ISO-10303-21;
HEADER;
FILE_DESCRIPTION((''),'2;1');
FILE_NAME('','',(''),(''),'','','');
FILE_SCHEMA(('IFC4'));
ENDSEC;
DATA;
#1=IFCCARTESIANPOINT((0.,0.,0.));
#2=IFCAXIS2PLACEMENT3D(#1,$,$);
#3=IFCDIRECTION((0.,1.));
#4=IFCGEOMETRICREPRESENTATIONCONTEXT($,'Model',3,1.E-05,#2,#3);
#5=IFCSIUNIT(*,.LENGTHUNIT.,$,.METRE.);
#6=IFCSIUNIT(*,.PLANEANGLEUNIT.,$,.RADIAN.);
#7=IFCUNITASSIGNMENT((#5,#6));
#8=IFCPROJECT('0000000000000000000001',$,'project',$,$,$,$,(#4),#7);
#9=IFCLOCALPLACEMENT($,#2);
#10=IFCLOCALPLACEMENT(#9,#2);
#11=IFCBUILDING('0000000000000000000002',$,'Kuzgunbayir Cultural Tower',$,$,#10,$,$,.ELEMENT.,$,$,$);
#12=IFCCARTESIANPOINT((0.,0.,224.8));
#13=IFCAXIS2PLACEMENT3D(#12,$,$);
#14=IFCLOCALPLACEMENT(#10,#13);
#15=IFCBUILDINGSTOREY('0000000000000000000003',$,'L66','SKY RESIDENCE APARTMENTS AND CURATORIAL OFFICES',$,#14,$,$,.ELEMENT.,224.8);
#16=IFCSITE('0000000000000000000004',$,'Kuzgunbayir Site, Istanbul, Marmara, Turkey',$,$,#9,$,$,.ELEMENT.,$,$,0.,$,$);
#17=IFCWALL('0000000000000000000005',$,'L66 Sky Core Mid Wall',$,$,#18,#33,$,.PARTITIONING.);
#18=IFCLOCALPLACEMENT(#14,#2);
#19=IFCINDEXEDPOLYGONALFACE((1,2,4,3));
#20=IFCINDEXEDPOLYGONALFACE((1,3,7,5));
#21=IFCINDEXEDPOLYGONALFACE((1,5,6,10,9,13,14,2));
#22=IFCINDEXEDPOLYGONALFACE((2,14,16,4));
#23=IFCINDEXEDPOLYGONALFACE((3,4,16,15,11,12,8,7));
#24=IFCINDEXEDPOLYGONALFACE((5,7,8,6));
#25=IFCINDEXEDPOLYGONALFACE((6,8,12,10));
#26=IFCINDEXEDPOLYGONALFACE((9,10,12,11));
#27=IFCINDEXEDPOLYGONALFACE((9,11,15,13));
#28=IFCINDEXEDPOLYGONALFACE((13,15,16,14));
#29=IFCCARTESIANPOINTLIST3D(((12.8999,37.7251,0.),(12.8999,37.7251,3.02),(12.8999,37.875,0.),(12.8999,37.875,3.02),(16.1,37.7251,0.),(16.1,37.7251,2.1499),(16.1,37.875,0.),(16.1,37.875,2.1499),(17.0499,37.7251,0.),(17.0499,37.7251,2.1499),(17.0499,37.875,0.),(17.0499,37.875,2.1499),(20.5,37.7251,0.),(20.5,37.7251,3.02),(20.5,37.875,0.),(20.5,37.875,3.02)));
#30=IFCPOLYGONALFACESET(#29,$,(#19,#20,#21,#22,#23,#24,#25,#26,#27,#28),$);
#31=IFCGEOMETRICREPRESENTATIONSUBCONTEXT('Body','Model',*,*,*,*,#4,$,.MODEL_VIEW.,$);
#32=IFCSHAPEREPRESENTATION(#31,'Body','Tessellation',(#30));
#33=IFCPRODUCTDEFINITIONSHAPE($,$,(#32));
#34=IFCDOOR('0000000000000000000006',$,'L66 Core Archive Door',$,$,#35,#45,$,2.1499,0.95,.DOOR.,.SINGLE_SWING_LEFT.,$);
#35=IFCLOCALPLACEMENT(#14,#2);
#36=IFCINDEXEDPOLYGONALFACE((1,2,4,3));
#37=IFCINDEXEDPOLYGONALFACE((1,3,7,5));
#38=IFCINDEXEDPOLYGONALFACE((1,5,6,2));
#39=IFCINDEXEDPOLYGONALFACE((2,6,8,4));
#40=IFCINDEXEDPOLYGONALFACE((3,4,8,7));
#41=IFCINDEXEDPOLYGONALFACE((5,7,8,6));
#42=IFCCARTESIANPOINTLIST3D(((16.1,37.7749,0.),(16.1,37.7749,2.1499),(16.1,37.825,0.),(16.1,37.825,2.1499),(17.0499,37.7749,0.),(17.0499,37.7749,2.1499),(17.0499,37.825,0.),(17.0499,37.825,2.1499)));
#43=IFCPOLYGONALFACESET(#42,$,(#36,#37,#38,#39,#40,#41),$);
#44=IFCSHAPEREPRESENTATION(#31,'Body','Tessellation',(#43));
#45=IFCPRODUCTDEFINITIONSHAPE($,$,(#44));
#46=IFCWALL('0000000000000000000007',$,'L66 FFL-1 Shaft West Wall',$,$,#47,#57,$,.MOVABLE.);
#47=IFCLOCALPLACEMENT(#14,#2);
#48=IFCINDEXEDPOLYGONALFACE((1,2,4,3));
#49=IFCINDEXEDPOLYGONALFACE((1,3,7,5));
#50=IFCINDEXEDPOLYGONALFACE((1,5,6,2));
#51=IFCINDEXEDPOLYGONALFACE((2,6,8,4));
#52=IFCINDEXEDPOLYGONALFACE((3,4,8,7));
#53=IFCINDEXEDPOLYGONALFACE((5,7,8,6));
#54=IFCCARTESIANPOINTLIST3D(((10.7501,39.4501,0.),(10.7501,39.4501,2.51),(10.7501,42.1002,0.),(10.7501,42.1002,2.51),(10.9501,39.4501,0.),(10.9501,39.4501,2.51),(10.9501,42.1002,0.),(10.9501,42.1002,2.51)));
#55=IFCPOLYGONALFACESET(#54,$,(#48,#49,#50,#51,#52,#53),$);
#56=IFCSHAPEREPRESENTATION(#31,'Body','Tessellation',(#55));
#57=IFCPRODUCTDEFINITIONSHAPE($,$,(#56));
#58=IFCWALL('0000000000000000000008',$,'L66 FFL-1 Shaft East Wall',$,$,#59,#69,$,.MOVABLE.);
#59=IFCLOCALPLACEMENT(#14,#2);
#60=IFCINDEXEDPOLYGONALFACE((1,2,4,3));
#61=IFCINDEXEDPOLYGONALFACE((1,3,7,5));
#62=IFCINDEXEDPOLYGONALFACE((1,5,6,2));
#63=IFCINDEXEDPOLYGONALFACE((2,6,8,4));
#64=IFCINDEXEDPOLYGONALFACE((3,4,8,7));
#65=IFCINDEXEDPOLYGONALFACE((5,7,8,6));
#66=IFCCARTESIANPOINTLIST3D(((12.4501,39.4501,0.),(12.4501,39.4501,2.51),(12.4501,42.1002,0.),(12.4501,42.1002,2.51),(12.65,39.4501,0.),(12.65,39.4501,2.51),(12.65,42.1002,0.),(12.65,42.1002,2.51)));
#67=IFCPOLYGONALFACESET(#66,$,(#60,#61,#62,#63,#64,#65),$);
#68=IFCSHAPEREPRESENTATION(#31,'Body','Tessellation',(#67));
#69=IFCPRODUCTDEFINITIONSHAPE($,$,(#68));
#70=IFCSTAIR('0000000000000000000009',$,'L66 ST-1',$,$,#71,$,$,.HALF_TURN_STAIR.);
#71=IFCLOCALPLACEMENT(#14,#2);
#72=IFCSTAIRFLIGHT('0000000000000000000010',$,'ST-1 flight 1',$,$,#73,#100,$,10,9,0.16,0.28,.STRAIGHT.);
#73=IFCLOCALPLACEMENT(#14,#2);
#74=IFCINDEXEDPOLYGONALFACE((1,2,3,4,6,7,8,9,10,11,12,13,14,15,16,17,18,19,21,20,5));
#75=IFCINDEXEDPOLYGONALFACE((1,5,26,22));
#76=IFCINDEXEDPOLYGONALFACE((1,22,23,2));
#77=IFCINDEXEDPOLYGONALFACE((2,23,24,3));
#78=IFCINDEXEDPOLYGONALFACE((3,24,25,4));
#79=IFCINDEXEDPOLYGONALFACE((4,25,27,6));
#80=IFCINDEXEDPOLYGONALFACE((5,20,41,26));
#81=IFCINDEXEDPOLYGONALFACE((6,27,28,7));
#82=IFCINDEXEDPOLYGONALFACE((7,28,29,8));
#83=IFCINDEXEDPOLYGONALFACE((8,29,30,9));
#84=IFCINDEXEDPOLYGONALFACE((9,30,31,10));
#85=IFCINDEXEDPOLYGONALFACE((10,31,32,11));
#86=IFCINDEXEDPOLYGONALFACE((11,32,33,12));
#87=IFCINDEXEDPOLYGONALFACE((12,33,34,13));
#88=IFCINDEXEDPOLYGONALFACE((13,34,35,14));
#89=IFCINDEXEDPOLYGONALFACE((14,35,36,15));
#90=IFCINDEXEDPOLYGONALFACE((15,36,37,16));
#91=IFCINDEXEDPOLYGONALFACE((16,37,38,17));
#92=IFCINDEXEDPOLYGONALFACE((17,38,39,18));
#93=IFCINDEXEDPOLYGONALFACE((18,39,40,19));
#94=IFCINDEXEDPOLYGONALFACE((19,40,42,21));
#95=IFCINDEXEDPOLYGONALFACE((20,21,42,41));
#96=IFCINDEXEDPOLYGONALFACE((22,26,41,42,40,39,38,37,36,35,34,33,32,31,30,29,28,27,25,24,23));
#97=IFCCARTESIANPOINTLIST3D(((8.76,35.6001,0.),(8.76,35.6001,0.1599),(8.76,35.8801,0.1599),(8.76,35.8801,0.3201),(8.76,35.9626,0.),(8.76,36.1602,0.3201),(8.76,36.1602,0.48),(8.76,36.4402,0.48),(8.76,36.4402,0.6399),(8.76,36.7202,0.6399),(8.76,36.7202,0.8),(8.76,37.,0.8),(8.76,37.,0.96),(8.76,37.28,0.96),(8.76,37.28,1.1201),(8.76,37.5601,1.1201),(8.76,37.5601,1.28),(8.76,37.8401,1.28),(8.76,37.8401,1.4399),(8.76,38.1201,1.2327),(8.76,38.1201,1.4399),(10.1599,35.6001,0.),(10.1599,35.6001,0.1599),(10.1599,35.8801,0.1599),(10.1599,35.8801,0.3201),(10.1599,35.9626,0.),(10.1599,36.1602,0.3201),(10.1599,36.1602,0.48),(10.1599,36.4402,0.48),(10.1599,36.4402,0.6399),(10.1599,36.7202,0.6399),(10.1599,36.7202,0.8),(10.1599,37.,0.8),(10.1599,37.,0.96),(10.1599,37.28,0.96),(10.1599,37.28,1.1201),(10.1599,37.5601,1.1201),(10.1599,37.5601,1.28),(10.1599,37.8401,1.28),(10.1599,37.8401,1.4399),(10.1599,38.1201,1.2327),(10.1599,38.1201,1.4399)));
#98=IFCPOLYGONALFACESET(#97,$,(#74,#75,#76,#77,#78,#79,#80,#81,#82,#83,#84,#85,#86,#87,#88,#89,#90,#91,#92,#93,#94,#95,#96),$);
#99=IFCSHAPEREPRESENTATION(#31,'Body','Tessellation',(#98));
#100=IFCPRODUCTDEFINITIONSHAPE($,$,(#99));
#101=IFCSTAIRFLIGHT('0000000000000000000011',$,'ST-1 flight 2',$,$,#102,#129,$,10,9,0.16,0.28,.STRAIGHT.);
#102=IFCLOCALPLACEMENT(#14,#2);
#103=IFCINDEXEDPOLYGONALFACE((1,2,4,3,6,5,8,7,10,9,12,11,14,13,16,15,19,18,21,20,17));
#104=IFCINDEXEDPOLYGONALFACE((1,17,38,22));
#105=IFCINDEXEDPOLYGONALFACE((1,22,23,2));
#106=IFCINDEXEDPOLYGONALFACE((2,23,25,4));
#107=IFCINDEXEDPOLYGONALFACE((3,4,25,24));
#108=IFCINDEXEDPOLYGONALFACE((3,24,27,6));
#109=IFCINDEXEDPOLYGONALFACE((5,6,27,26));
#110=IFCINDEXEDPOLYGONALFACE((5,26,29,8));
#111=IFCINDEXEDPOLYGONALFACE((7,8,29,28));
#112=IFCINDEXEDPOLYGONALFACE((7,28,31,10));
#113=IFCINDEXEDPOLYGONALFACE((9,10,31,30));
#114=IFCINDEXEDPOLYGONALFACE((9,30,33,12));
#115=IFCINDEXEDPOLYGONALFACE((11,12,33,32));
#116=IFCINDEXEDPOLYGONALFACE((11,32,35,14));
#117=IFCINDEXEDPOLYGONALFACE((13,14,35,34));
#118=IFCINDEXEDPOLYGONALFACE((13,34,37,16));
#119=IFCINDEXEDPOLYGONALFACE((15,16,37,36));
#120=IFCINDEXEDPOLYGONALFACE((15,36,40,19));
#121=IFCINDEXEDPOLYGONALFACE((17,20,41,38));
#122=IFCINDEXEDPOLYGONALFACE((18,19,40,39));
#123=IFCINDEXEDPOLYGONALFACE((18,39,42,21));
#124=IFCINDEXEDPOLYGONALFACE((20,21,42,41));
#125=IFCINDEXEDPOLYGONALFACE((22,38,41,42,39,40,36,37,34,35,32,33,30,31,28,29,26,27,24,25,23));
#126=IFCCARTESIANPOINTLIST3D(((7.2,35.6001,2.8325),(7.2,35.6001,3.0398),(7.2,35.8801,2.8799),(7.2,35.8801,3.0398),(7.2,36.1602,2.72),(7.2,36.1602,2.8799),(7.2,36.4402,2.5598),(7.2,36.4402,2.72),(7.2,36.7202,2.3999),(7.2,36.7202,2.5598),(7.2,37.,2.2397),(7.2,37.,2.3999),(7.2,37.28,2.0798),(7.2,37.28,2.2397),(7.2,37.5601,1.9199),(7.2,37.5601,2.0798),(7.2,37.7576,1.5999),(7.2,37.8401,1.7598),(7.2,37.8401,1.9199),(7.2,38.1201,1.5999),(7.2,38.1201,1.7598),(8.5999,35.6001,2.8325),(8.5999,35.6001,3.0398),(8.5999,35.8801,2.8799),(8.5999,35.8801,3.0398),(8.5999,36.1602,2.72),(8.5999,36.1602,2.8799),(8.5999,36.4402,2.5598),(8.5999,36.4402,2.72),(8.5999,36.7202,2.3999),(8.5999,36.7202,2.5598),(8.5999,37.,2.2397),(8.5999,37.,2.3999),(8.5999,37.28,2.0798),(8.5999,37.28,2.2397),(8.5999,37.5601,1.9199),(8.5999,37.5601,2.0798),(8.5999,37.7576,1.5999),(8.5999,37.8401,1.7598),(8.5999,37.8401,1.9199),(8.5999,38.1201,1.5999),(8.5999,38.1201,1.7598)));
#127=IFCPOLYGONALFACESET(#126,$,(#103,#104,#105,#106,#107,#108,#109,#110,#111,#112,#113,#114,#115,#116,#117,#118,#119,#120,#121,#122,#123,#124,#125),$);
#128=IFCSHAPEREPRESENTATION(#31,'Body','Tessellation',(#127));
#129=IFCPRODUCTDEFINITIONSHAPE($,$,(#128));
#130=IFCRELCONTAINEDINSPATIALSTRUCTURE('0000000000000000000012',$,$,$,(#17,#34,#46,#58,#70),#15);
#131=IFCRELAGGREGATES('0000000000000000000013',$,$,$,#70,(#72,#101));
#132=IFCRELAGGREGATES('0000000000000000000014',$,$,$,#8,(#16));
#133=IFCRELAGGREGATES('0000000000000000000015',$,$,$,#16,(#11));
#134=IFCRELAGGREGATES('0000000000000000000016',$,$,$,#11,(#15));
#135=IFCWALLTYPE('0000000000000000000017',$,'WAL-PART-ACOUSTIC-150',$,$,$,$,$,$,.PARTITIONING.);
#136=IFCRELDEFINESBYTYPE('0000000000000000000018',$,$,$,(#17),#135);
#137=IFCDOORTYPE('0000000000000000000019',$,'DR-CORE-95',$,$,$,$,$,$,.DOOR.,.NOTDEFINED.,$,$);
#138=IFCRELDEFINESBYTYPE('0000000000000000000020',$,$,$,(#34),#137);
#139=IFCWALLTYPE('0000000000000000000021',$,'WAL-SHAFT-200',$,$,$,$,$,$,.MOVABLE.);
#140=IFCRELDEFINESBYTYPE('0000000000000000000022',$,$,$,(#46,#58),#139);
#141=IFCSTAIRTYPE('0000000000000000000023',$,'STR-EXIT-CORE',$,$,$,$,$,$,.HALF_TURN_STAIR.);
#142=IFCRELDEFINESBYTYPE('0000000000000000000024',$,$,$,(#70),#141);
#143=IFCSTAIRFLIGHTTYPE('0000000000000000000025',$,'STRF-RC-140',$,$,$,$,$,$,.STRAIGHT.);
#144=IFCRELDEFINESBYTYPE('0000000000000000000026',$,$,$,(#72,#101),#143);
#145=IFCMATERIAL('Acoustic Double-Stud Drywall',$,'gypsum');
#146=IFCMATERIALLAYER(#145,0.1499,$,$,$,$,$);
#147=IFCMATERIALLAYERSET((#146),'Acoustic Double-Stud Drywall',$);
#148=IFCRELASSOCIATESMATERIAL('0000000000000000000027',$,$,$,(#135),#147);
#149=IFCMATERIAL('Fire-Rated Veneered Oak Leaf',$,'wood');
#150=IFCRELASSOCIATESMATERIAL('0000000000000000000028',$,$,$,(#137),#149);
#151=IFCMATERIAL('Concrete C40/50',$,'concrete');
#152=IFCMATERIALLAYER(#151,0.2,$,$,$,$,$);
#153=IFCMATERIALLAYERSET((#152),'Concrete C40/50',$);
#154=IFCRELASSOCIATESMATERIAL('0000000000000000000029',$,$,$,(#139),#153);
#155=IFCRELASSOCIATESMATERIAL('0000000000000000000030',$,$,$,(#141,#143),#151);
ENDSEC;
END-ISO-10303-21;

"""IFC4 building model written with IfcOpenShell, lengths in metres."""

from ifc_helpers import new_model, si_unit, direction, frame, frame_2d, origin, place, context, subcontext, project, spatial, polyline, rectangle, outline, extrude, material, layer, layer_set, type_object, element, fill, aggregate, save


model = new_model("IFC4")

# Units and contexts
model_context = context("Model", 3, precision=1e-05, world=origin(), true_north=direction((0.0, 1.0)))
body_context = subcontext(model_context, "Body", "Model", "MODEL_VIEW")
ifc_project = project(units=[si_unit("LENGTHUNIT", "METRE"), si_unit("PLANEANGLEUNIT", "RADIAN")], contexts=[model_context])

# Site, building, storey
site_placement = place(None, origin())
site = spatial("IfcSite", under=ifc_project, at=site_placement, Name="Kuzgunbayir Site, Istanbul, Marmara, Turkey", CompositionType="ELEMENT", RefElevation=0.0)
building_placement = place(site_placement, origin())
building = spatial("IfcBuilding", under=site, at=building_placement, Name="Kuzgunbayir Cultural Tower", CompositionType="ELEMENT")
storey_placement = place(building_placement, frame((0.0, 0.0, 224.8)))
storey = spatial("IfcBuildingStorey", under=building, at=storey_placement, Name="L66", Description="SKY RESIDENCE APARTMENTS AND CURATORIAL OFFICES", CompositionType="ELEMENT", Elevation=224.8)

# Wall, opening, door
ifc_material_1 = material(Name="Acoustic Double-Stud Drywall", Category="gypsum")
ifc_layer_1 = layer(ifc_material_1, 0.1499)
ifc_layer_set_1 = layer_set([ifc_layer_1], Name="Acoustic Double-Stud Drywall")
wall_type_1 = type_object("IfcWallType", Name="WAL-PART-ACOUSTIC-150", PredefinedType="PARTITIONING", material=ifc_layer_set_1)
wall_1_placement = place(storey_placement, frame((12.8999, 37.8, 0.0), z_axis=(0.0, 0.0, 1.0), x_axis=(1.0, 0.0, 0.0)))
wall_1 = element("IfcWall", 1, at=wall_1_placement, inside=storey, type_object=wall_type_1, Name="L66 Sky Core Mid Wall", PredefinedType="PARTITIONING", context=body_context, shape_type="SweptSolid", body=[
    extrude(rectangle(XDim=7.6001, YDim=0.1499, at=frame_2d((3.8, 0.0))), origin(), (0.0, 0.0, 1.0), 3.02),
])
opening_1_placement = place(wall_1_placement, frame((3.2, 0.0, 0.0)))
opening_1 = element("IfcOpeningElement", 2, at=opening_1_placement, cuts=wall_1, PredefinedType="OPENING", context=body_context, shape_type="SweptSolid", body=[
    extrude(rectangle(XDim=0.95, YDim=2.1499, at=frame_2d((0.4751, 1.075))), frame((0.0, 0.085, 0.0), z_axis=(0.0, -1.0, 0.0), x_axis=(1.0, 0.0, 0.0)), (0.0, 0.0, 1.0), 0.1699),
])
ifc_material_2 = material(Name="Fire-Rated Veneered Oak Leaf", Category="wood")
door_type_1 = type_object("IfcDoorType", Name="DR-CORE-95", OperationType="NOTDEFINED", PredefinedType="DOOR", material=ifc_material_2)
door_1_placement = place(opening_1_placement, origin())
door_1 = element("IfcDoor", 3, at=door_1_placement, inside=storey, type_object=door_type_1, Name="L66 Core Archive Door", OperationType="SINGLE_SWING_LEFT", OverallHeight=2.1499, OverallWidth=0.95, PredefinedType="DOOR", context=body_context, shape_type="SweptSolid", body=[
    extrude(rectangle(XDim=0.95, YDim=2.1499, at=frame_2d((0.4751, 1.075))), frame((0.0, 0.0249, 0.0), z_axis=(0.0, -1.0, 0.0), x_axis=(1.0, 0.0, 0.0)), (0.0, 0.0, 1.0), 0.05),
])
fill(opening_1, door_1)
ifc_material_3 = material(Name="Concrete C40/50", Category="concrete")
ifc_layer_2 = layer(ifc_material_3, 0.2)
ifc_layer_set_2 = layer_set([ifc_layer_2], Name="Concrete C40/50")
wall_type_2 = type_object("IfcWallType", Name="WAL-SHAFT-200", PredefinedType="MOVABLE", material=ifc_layer_set_2)

# Walls
for number, where, z_axis, x_axis, name in (
    (4, (10.8501, 39.45, 0.0), (0.0, 0.0, 1.0), (0.0, 1.0, 0.0), "L66 FFL-1 Shaft West Wall"),
    (5, (12.55, 39.45, 0.0), (0.0, 0.0, 1.0), (0.0, 1.0, 0.0), "L66 FFL-1 Shaft East Wall"),
):
    element("IfcWall", number, at=place(storey_placement, frame(where, z_axis=z_axis, x_axis=x_axis)), inside=storey, type_object=wall_type_2, Name=name, PredefinedType="MOVABLE", context=body_context, shape_type="SweptSolid", body=[
        extrude(rectangle(XDim=2.6501, YDim=0.2, at=frame_2d((1.3252, 0.0))), origin(), (0.0, 0.0, 1.0), 2.51),
    ])

# Stair, stair flights
stair_type = type_object("IfcStairType", Name="STR-EXIT-CORE", PredefinedType="HALF_TURN_STAIR", material=ifc_material_3)
stair_placement = place(storey_placement, origin())
stair = element("IfcStair", 6, at=stair_placement, inside=storey, type_object=stair_type, Name="L66 ST-1", PredefinedType="HALF_TURN_STAIR")
stair_flight_type = type_object("IfcStairFlightType", Name="STRF-RC-140", PredefinedType="STRAIGHT", material=ifc_material_3)
stair_flight_1_placement = place(storey_placement, frame((9.46, 35.6001, 0.0), z_axis=(0.0, 0.0, 1.0), x_axis=(0.0, 1.0, 0.0)))
stair_flight_1 = element("IfcStairFlight", 7, at=stair_flight_1_placement, type_object=stair_flight_type, Name="ST-1 flight 1", NumberOfRisers=10, NumberOfTreads=9, PredefinedType="STRAIGHT", RiserHeight=0.16, TreadLength=0.28, context=body_context, shape_type="SweptSolid", body=[
    extrude(outline(polyline([(0.0, 0.0), (0.0, 0.1599), (0.28, 0.1599), (0.28, 0.3201), (0.5601, 0.3201), (0.5601, 0.48), (0.8401, 0.48), (0.8401, 0.6399), (1.1201, 0.6399), (1.1201, 0.8), (1.3999, 0.8), (1.3999, 0.96), (1.6799, 0.96), (1.6799, 1.1201), (1.96, 1.1201), (1.96, 1.28), (2.24, 1.28), (2.24, 1.4399), (2.52, 1.4399), (2.52, 1.6001), (2.52, 1.2327), (0.3625, 0.0), (0.0, 0.0)])), frame((0.0, 0.7, 0.0), z_axis=(0.0, -1.0, 0.0), x_axis=(1.0, 0.0, 0.0)), (0.0, 0.0, 1.0), 1.3999),
])
stair_flight_2_placement = place(storey_placement, frame((7.8999, 38.1201, 1.5999), z_axis=(0.0, 0.0, 1.0), x_axis=(0.0, -1.0, 0.0)))
stair_flight_2 = element("IfcStairFlight", 8, at=stair_flight_2_placement, type_object=stair_flight_type, Name="ST-1 flight 2", NumberOfRisers=10, NumberOfTreads=9, PredefinedType="STRAIGHT", RiserHeight=0.16, TreadLength=0.28, context=body_context, shape_type="SweptSolid", body=[
    extrude(outline(polyline([(0.0, 0.0), (0.0, 0.1599), (0.28, 0.1599), (0.28, 0.3201), (0.5601, 0.3201), (0.5601, 0.48), (0.8401, 0.48), (0.8401, 0.6399), (1.1201, 0.6399), (1.1201, 0.8), (1.3999, 0.8), (1.3999, 0.96), (1.6799, 0.96), (1.6799, 1.1201), (1.96, 1.1201), (1.96, 1.28), (2.24, 1.28), (2.24, 1.4399), (2.52, 1.4399), (2.52, 1.6001), (2.52, 1.2327), (0.3625, 0.0), (0.0, 0.0)])), frame((0.0, 0.7, 0.0), z_axis=(0.0, -1.0, 0.0), x_axis=(1.0, 0.0, 0.0)), (0.0, 0.0, 1.0), 1.3999),
])
aggregate(stair, [stair_flight_1, stair_flight_2])

save(model, "model.ifc")
